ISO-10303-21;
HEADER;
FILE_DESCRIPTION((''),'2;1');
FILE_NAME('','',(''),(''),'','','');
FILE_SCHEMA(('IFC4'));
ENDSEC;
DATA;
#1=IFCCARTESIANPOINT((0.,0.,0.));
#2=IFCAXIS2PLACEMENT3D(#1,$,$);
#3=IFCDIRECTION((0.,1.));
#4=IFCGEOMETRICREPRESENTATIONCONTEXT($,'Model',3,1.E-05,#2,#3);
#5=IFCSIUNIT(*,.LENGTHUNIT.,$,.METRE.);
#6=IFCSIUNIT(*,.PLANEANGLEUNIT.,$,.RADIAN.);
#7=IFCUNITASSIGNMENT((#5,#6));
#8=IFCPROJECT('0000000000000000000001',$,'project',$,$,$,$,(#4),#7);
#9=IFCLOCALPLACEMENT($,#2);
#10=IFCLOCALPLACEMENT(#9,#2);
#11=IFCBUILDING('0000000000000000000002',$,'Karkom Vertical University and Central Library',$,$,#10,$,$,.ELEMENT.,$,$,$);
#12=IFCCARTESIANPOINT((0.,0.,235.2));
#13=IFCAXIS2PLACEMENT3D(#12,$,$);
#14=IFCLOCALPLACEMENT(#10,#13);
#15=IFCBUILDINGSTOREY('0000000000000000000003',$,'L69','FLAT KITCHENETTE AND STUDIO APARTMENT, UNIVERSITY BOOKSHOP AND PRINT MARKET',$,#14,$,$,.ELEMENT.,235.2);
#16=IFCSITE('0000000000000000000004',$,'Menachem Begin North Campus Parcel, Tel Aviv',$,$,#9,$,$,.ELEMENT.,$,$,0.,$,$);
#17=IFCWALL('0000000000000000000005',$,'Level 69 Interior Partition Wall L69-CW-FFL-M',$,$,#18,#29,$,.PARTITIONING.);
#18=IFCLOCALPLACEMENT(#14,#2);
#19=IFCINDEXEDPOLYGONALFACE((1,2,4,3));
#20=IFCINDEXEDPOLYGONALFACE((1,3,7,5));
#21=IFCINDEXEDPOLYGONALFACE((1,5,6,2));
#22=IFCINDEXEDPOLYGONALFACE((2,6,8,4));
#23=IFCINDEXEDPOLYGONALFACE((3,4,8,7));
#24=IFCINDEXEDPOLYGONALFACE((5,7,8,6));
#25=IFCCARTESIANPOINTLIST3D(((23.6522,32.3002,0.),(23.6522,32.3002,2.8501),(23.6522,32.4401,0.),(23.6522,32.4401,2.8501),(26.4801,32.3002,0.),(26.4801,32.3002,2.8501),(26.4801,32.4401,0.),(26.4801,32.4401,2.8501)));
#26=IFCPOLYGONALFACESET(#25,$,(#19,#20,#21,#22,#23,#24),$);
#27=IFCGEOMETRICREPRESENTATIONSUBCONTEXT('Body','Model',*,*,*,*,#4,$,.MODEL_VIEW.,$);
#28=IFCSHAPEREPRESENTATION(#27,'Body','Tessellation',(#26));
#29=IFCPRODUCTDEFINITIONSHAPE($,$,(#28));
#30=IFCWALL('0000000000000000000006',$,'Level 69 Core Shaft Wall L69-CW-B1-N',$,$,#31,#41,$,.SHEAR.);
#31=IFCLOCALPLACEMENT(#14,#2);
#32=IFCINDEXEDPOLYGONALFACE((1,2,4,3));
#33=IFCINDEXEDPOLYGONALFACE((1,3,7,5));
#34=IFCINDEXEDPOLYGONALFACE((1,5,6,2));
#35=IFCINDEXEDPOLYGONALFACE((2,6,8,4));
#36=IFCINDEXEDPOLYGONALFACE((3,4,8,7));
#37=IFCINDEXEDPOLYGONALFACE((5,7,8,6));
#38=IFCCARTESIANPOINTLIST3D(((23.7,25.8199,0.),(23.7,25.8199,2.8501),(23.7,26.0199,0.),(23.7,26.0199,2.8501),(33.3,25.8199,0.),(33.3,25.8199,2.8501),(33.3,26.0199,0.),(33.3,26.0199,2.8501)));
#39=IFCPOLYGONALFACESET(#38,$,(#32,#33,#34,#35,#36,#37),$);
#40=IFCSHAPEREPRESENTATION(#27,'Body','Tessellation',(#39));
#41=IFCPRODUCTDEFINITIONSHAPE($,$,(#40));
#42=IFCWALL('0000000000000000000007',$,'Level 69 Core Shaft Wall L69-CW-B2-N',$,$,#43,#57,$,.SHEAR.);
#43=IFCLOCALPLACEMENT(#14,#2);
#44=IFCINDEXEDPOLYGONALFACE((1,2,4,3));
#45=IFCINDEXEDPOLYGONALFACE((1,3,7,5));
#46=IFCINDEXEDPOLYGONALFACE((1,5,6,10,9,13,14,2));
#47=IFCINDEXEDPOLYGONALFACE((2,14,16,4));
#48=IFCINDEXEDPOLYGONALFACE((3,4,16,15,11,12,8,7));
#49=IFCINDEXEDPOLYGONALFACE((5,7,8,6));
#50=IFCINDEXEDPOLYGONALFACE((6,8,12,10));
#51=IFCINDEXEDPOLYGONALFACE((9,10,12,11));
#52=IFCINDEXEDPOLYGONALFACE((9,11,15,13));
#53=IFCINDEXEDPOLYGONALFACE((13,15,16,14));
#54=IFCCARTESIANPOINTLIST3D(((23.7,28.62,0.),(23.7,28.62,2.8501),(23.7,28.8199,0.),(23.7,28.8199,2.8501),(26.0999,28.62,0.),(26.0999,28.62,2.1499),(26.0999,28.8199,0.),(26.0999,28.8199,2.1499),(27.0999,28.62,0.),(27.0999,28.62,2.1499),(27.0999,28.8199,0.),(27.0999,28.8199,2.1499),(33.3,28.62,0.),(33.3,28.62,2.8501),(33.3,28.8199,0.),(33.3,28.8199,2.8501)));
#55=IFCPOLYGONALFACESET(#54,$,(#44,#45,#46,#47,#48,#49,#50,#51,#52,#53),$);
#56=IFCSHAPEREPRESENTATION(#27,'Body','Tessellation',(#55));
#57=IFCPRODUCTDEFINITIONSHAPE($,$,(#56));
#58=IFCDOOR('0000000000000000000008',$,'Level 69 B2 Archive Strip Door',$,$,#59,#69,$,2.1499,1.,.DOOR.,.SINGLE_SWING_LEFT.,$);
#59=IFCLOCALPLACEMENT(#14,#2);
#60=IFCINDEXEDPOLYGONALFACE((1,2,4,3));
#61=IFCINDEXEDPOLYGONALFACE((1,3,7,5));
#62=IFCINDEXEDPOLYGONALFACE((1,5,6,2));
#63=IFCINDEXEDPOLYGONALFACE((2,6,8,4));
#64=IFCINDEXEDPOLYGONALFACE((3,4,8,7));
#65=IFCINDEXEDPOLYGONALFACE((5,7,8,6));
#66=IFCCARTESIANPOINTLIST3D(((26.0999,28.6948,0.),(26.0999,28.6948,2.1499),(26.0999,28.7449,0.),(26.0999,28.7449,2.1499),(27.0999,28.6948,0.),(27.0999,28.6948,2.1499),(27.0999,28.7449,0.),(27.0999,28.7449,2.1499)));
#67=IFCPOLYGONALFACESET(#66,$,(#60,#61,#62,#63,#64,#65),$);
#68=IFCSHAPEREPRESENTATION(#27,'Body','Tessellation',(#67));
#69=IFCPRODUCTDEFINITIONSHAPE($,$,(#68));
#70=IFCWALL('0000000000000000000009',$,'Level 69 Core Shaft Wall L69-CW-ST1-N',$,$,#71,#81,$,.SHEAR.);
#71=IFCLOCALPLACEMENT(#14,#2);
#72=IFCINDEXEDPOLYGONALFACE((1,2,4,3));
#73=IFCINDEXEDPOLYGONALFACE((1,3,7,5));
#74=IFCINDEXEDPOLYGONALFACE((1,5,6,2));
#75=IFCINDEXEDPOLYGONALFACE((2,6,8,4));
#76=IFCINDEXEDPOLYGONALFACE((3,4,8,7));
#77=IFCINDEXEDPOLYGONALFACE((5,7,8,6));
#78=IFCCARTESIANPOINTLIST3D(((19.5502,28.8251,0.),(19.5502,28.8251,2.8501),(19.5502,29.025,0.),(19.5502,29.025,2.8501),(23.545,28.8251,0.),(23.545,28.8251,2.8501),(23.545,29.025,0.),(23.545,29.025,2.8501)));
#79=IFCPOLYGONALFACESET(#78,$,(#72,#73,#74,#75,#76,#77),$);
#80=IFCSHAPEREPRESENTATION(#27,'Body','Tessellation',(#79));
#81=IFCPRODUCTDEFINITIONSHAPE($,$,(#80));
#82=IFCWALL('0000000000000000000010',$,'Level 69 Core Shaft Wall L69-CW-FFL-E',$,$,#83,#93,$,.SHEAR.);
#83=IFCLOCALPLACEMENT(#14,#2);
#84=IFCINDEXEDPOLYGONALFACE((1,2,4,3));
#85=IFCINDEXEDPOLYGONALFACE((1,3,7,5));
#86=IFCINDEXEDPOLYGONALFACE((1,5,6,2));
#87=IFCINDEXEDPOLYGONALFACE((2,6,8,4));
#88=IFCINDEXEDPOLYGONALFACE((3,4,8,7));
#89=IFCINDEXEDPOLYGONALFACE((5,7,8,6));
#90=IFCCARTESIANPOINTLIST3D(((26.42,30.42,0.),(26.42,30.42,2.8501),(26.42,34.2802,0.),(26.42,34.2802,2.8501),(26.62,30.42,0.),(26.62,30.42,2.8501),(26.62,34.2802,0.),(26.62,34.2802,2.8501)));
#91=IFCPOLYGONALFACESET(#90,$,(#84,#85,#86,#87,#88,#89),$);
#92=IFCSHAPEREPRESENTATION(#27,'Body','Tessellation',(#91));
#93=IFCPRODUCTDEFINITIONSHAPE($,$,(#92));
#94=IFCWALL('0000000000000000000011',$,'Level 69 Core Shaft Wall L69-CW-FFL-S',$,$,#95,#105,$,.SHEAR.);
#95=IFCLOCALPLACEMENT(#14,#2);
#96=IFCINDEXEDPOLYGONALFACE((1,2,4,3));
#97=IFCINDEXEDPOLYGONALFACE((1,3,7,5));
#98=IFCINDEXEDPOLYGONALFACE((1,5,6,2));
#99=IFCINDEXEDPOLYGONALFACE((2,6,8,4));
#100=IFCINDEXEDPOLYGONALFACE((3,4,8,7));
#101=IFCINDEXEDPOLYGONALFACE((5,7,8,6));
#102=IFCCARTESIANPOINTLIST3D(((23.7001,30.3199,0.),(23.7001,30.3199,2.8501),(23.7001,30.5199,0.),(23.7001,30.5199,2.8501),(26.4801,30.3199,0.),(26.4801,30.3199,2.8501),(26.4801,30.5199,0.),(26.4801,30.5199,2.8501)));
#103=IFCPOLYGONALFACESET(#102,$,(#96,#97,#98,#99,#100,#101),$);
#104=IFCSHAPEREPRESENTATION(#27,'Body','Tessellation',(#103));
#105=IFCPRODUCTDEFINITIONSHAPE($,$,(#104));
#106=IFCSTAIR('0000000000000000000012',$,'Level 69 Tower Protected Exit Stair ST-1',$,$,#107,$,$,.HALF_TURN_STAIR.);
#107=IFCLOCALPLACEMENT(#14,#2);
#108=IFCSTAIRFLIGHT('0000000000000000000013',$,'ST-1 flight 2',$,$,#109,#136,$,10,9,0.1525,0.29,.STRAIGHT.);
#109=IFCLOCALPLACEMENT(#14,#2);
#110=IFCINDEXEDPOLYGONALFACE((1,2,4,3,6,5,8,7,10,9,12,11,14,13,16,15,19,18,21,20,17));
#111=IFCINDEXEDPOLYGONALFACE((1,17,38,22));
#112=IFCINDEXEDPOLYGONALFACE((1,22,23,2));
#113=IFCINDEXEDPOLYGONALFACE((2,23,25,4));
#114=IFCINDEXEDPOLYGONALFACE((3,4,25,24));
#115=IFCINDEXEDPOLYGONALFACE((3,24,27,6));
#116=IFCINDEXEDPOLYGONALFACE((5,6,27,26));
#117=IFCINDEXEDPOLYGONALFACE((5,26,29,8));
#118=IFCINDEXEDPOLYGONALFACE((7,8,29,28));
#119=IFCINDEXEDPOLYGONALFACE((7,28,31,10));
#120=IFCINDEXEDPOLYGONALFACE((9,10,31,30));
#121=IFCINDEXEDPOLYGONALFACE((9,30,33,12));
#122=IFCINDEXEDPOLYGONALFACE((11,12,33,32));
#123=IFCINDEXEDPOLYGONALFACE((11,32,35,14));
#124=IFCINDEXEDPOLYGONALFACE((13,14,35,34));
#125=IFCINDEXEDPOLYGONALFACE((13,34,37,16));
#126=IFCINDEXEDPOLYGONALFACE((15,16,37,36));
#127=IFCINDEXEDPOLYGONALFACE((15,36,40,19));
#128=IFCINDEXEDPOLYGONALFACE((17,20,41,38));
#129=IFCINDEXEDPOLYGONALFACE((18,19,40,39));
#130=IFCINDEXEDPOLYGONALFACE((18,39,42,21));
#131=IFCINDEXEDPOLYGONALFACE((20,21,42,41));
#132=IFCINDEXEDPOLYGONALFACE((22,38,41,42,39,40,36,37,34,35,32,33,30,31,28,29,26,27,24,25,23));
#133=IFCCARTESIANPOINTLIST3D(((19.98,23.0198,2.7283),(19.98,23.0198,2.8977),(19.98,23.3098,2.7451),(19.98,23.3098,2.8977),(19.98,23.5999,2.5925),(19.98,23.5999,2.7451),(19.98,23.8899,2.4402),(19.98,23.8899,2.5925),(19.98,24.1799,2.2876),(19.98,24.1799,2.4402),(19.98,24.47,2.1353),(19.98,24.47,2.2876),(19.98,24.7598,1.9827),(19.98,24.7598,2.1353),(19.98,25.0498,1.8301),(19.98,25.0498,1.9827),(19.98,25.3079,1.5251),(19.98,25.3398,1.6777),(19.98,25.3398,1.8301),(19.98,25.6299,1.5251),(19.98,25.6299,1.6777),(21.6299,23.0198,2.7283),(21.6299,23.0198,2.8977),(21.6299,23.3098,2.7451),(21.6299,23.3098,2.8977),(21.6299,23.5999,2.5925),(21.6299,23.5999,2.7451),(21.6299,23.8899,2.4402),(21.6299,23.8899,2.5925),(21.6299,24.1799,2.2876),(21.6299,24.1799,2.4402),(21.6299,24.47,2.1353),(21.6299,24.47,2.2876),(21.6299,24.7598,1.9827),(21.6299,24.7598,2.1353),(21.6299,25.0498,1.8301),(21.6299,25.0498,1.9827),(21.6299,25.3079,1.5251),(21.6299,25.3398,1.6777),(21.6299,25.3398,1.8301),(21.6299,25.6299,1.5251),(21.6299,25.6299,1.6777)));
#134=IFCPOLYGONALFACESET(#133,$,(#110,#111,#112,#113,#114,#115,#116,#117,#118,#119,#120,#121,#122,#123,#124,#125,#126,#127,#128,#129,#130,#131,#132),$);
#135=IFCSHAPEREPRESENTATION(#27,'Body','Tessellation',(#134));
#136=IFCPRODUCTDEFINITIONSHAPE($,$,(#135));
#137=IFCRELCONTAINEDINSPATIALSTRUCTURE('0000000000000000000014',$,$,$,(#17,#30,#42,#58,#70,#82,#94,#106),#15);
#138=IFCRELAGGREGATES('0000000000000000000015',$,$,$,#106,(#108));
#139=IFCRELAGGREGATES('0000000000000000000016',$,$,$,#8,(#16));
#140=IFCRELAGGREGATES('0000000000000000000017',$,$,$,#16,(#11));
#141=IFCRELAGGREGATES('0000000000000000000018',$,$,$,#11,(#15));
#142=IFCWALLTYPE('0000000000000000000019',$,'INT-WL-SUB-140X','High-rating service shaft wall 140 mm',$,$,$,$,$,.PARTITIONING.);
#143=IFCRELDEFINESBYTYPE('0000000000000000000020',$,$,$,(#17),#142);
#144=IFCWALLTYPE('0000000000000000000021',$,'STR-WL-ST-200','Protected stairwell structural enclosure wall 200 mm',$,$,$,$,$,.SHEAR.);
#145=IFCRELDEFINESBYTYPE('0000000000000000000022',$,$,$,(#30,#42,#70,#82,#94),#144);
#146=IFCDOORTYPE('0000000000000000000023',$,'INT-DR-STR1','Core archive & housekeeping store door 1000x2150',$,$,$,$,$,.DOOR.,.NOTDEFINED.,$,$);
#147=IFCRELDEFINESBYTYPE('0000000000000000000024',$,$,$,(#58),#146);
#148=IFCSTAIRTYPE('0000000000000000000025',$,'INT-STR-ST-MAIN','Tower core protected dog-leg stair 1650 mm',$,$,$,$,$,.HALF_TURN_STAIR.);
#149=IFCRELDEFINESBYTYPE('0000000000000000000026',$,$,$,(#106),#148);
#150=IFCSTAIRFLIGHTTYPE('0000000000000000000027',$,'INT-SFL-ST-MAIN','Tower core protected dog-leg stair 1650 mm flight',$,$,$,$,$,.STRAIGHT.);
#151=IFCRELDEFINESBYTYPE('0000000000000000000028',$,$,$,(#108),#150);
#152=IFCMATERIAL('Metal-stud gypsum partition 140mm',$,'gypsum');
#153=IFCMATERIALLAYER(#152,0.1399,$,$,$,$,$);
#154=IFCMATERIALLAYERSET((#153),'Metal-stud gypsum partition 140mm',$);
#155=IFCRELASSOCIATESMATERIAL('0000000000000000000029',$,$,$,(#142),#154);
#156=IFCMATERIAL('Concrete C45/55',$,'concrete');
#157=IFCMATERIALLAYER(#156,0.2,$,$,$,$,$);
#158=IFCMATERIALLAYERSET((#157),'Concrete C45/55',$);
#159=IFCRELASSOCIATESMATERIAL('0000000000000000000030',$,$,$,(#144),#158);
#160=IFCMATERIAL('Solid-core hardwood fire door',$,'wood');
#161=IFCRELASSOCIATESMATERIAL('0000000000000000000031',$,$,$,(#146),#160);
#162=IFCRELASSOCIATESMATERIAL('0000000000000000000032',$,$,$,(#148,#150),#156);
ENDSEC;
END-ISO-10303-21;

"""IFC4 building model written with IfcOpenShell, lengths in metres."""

from ifc_helpers import new_model, si_unit, direction, frame, frame_2d, origin, origin_with_axes, place, context, subcontext, project, spatial, polyline, rectangle, outline, extrude, source, transform, mapped, material, layer, layer_set, type_object, element, fill, aggregate, save


model = new_model("IFC4")

# Units and contexts
model_context = context("Model", 3, precision=1e-05, world=origin(), true_north=direction((0.0, 1.0)))
body_context = subcontext(model_context, "Body", "Model", "MODEL_VIEW")
ifc_project = project(units=[si_unit("LENGTHUNIT", "METRE"), si_unit("PLANEANGLEUNIT", "RADIAN")], contexts=[model_context])

# Site, building, storey
site_placement = place(None, origin())
site = spatial("IfcSite", under=ifc_project, at=site_placement, Name="Menachem Begin North Campus Parcel, Tel Aviv", CompositionType="ELEMENT", RefElevation=0.0)
building_placement = place(site_placement, origin())
building = spatial("IfcBuilding", under=site, at=building_placement, Name="Karkom Vertical University and Central Library", CompositionType="ELEMENT")
storey_placement = place(building_placement, frame((0.0, 0.0, 235.2)))
storey = spatial("IfcBuildingStorey", under=building, at=storey_placement, Name="L69", Description="FLAT KITCHENETTE AND STUDIO APARTMENT, UNIVERSITY BOOKSHOP AND PRINT MARKET", CompositionType="ELEMENT", Elevation=235.2)

# Shared definitions
ifc_material_1 = material(Name="Metal-stud gypsum partition 140mm", Category="gypsum")

# Walls
ifc_layer_1 = layer(ifc_material_1, 0.1399)
ifc_layer_set_1 = layer_set([ifc_layer_1], Name="Metal-stud gypsum partition 140mm")
wall_type_1 = type_object("IfcWallType", Name="INT-WL-SUB-140X", Description="High-rating service shaft wall 140 mm", PredefinedType="PARTITIONING", material=ifc_layer_set_1)
wall_1_placement = place(storey_placement, frame((23.6521, 32.3701, 0.0), z_axis=(0.0, 0.0, 1.0), x_axis=(1.0, 0.0, 0.0)))
element("IfcWall", 1, at=wall_1_placement, inside=storey, type_object=wall_type_1, Name="Level 69 Interior Partition Wall L69-CW-FFL-M", PredefinedType="PARTITIONING", context=body_context, shape_type="SweptSolid", body=[
    extrude(rectangle(XDim=2.8279, YDim=0.1399, at=frame_2d((1.4141, 0.0))), origin(), (0.0, 0.0, 1.0), 2.8501),
])
ifc_material_2 = material(Name="Concrete C45/55", Category="concrete")
ifc_layer_2 = layer(ifc_material_2, 0.2)
ifc_layer_set_2 = layer_set([ifc_layer_2], Name="Concrete C45/55")
wall_type_2 = type_object("IfcWallType", Name="STR-WL-ST-200", Description="Protected stairwell structural enclosure wall 200 mm", PredefinedType="SHEAR", material=ifc_layer_set_2)
wall_2_placement = place(storey_placement, frame((23.7, 25.9199, 0.0), z_axis=(0.0, 0.0, 1.0), x_axis=(1.0, 0.0, 0.0)))
element("IfcWall", 2, at=wall_2_placement, inside=storey, type_object=wall_type_2, Name="Level 69 Core Shaft Wall L69-CW-B1-N", PredefinedType="SHEAR", context=body_context, shape_type="SweptSolid", body=[
    extrude(rectangle(XDim=9.6001, YDim=0.2, at=frame_2d((4.8, 0.0))), origin(), (0.0, 0.0, 1.0), 2.8501),
])

# Wall, opening, door
wall_3_placement = place(storey_placement, frame((23.7, 28.72, 0.0), z_axis=(0.0, 0.0, 1.0), x_axis=(1.0, 0.0, 0.0)))
wall_3 = element("IfcWall", 3, at=wall_3_placement, inside=storey, type_object=wall_type_2, Name="Level 69 Core Shaft Wall L69-CW-B2-N", PredefinedType="SHEAR", context=body_context, shape_type="SweptSolid", body=[
    extrude(rectangle(XDim=9.6001, YDim=0.2, at=frame_2d((4.8, 0.0))), origin(), (0.0, 0.0, 1.0), 2.8501),
])
opening_1_placement = place(wall_3_placement, frame((2.3999, 0.0, 0.0)))
opening_1 = element("IfcOpeningElement", 4, at=opening_1_placement, cuts=wall_3, PredefinedType="OPENING", context=body_context, shape_type="SweptSolid", body=[
    extrude(rectangle(XDim=1.0, YDim=2.1499, at=frame_2d((0.5, 1.075))), frame((0.0, 0.1099, 0.0), z_axis=(0.0, -1.0, 0.0), x_axis=(1.0, 0.0, 0.0)), (0.0, 0.0, 1.0), 0.22),
])
ifc_material_3 = material(Name="Solid-core hardwood fire door", Category="wood")
door_type_1 = type_object("IfcDoorType", Name="INT-DR-STR1", Description="Core archive & housekeeping store door 1000x2150", OperationType="NOTDEFINED", PredefinedType="DOOR", material=ifc_material_3)
shared_shape_1 = source(origin_with_axes(), body_context, "Body", "SweptSolid", [
    extrude(rectangle(XDim=1.0, YDim=2.1499, at=frame_2d((0.5, 1.075))), frame((0.0, 0.0249, 0.0), z_axis=(0.0, -1.0, 0.0), x_axis=(1.0, 0.0, 0.0)), (0.0, 0.0, 1.0), 0.05),
])
door_1_placement = place(opening_1_placement, origin())
door_1 = element("IfcDoor", 5, at=door_1_placement, inside=storey, type_object=door_type_1, Name="Level 69 B2 Archive Strip Door", OperationType="SINGLE_SWING_LEFT", OverallHeight=2.1499, OverallWidth=1.0, PredefinedType="DOOR", context=body_context, shape_type="MappedRepresentation", body=[
    mapped(shared_shape_1, transform((0.0, 0.0, 0.0), scale=1.0)),
])
fill(opening_1, door_1)

# Walls
wall_4_placement = place(storey_placement, frame((19.55, 28.925, 0.0), z_axis=(0.0, 0.0, 1.0), x_axis=(1.0, 0.0, 0.0)))
element("IfcWall", 6, at=wall_4_placement, inside=storey, type_object=wall_type_2, Name="Level 69 Core Shaft Wall L69-CW-ST1-N", PredefinedType="SHEAR", context=body_context, shape_type="SweptSolid", body=[
    extrude(rectangle(XDim=3.9949, YDim=0.2, at=frame_2d((1.9976, 0.0))), origin(), (0.0, 0.0, 1.0), 2.8501),
])
wall_5_placement = place(storey_placement, frame((26.52, 30.4199, 0.0), z_axis=(0.0, 0.0, 1.0), x_axis=(0.0, 1.0, 0.0)))
element("IfcWall", 7, at=wall_5_placement, inside=storey, type_object=wall_type_2, Name="Level 69 Core Shaft Wall L69-CW-FFL-E", PredefinedType="SHEAR", context=body_context, shape_type="SweptSolid", body=[
    extrude(rectangle(XDim=3.8601, YDim=0.2, at=frame_2d((1.9302, 0.0))), origin(), (0.0, 0.0, 1.0), 2.8501),
])
wall_6_placement = place(storey_placement, frame((23.7, 30.4199, 0.0), z_axis=(0.0, 0.0, 1.0), x_axis=(1.0, 0.0, 0.0)))
element("IfcWall", 8, at=wall_6_placement, inside=storey, type_object=wall_type_2, Name="Level 69 Core Shaft Wall L69-CW-FFL-S", PredefinedType="SHEAR", context=body_context, shape_type="SweptSolid", body=[
    extrude(rectangle(XDim=2.78, YDim=0.2, at=frame_2d((1.3901, 0.0))), origin(), (0.0, 0.0, 1.0), 2.8501),
])

# Stair, stair flight
stair_type = type_object("IfcStairType", Name="INT-STR-ST-MAIN", Description="Tower core protected dog-leg stair 1650 mm", PredefinedType="HALF_TURN_STAIR", material=ifc_material_2)
stair_placement = place(storey_placement, origin())
stair = element("IfcStair", 9, at=stair_placement, inside=storey, type_object=stair_type, Name="Level 69 Tower Protected Exit Stair ST-1", PredefinedType="HALF_TURN_STAIR")
stair_flight_type = type_object("IfcStairFlightType", Name="INT-SFL-ST-MAIN", Description="Tower core protected dog-leg stair 1650 mm flight", PredefinedType="STRAIGHT", material=ifc_material_2)
stair_flight_placement = place(storey_placement, frame((20.8049, 25.6299, 1.5251), z_axis=(0.0, 0.0, 1.0), x_axis=(0.0, -1.0, 0.0)))
stair_flight = element("IfcStairFlight", 10, at=stair_flight_placement, type_object=stair_flight_type, Name="ST-1 flight 2", NumberOfRisers=10, NumberOfTreads=9, PredefinedType="STRAIGHT", RiserHeight=0.1525, TreadLength=0.29, context=body_context, shape_type="SweptSolid", body=[
    extrude(outline(polyline([(0.0, 0.0), (0.0, 0.1526), (0.29, 0.1526), (0.29, 0.3049), (0.5801, 0.3049), (0.5801, 0.4575), (0.8701, 0.4575), (0.8701, 0.6101), (1.1599, 0.6101), (1.1599, 0.7625), (1.45, 0.7625), (1.45, 0.915), (1.74, 0.915), (1.74, 1.0674), (2.03, 1.0674), (2.03, 1.22), (2.3201, 1.22), (2.3201, 1.3726), (2.6101, 1.3726), (2.6101, 1.5249), (2.6101, 1.2031), (0.322, 0.0), (0.0, 0.0)])), frame((0.0, 0.825, 0.0), z_axis=(0.0, -1.0, 0.0), x_axis=(1.0, 0.0, 0.0)), (0.0, 0.0, 1.0), 1.6499),
])
aggregate(stair, [stair_flight])

save(model, "model.ifc")
